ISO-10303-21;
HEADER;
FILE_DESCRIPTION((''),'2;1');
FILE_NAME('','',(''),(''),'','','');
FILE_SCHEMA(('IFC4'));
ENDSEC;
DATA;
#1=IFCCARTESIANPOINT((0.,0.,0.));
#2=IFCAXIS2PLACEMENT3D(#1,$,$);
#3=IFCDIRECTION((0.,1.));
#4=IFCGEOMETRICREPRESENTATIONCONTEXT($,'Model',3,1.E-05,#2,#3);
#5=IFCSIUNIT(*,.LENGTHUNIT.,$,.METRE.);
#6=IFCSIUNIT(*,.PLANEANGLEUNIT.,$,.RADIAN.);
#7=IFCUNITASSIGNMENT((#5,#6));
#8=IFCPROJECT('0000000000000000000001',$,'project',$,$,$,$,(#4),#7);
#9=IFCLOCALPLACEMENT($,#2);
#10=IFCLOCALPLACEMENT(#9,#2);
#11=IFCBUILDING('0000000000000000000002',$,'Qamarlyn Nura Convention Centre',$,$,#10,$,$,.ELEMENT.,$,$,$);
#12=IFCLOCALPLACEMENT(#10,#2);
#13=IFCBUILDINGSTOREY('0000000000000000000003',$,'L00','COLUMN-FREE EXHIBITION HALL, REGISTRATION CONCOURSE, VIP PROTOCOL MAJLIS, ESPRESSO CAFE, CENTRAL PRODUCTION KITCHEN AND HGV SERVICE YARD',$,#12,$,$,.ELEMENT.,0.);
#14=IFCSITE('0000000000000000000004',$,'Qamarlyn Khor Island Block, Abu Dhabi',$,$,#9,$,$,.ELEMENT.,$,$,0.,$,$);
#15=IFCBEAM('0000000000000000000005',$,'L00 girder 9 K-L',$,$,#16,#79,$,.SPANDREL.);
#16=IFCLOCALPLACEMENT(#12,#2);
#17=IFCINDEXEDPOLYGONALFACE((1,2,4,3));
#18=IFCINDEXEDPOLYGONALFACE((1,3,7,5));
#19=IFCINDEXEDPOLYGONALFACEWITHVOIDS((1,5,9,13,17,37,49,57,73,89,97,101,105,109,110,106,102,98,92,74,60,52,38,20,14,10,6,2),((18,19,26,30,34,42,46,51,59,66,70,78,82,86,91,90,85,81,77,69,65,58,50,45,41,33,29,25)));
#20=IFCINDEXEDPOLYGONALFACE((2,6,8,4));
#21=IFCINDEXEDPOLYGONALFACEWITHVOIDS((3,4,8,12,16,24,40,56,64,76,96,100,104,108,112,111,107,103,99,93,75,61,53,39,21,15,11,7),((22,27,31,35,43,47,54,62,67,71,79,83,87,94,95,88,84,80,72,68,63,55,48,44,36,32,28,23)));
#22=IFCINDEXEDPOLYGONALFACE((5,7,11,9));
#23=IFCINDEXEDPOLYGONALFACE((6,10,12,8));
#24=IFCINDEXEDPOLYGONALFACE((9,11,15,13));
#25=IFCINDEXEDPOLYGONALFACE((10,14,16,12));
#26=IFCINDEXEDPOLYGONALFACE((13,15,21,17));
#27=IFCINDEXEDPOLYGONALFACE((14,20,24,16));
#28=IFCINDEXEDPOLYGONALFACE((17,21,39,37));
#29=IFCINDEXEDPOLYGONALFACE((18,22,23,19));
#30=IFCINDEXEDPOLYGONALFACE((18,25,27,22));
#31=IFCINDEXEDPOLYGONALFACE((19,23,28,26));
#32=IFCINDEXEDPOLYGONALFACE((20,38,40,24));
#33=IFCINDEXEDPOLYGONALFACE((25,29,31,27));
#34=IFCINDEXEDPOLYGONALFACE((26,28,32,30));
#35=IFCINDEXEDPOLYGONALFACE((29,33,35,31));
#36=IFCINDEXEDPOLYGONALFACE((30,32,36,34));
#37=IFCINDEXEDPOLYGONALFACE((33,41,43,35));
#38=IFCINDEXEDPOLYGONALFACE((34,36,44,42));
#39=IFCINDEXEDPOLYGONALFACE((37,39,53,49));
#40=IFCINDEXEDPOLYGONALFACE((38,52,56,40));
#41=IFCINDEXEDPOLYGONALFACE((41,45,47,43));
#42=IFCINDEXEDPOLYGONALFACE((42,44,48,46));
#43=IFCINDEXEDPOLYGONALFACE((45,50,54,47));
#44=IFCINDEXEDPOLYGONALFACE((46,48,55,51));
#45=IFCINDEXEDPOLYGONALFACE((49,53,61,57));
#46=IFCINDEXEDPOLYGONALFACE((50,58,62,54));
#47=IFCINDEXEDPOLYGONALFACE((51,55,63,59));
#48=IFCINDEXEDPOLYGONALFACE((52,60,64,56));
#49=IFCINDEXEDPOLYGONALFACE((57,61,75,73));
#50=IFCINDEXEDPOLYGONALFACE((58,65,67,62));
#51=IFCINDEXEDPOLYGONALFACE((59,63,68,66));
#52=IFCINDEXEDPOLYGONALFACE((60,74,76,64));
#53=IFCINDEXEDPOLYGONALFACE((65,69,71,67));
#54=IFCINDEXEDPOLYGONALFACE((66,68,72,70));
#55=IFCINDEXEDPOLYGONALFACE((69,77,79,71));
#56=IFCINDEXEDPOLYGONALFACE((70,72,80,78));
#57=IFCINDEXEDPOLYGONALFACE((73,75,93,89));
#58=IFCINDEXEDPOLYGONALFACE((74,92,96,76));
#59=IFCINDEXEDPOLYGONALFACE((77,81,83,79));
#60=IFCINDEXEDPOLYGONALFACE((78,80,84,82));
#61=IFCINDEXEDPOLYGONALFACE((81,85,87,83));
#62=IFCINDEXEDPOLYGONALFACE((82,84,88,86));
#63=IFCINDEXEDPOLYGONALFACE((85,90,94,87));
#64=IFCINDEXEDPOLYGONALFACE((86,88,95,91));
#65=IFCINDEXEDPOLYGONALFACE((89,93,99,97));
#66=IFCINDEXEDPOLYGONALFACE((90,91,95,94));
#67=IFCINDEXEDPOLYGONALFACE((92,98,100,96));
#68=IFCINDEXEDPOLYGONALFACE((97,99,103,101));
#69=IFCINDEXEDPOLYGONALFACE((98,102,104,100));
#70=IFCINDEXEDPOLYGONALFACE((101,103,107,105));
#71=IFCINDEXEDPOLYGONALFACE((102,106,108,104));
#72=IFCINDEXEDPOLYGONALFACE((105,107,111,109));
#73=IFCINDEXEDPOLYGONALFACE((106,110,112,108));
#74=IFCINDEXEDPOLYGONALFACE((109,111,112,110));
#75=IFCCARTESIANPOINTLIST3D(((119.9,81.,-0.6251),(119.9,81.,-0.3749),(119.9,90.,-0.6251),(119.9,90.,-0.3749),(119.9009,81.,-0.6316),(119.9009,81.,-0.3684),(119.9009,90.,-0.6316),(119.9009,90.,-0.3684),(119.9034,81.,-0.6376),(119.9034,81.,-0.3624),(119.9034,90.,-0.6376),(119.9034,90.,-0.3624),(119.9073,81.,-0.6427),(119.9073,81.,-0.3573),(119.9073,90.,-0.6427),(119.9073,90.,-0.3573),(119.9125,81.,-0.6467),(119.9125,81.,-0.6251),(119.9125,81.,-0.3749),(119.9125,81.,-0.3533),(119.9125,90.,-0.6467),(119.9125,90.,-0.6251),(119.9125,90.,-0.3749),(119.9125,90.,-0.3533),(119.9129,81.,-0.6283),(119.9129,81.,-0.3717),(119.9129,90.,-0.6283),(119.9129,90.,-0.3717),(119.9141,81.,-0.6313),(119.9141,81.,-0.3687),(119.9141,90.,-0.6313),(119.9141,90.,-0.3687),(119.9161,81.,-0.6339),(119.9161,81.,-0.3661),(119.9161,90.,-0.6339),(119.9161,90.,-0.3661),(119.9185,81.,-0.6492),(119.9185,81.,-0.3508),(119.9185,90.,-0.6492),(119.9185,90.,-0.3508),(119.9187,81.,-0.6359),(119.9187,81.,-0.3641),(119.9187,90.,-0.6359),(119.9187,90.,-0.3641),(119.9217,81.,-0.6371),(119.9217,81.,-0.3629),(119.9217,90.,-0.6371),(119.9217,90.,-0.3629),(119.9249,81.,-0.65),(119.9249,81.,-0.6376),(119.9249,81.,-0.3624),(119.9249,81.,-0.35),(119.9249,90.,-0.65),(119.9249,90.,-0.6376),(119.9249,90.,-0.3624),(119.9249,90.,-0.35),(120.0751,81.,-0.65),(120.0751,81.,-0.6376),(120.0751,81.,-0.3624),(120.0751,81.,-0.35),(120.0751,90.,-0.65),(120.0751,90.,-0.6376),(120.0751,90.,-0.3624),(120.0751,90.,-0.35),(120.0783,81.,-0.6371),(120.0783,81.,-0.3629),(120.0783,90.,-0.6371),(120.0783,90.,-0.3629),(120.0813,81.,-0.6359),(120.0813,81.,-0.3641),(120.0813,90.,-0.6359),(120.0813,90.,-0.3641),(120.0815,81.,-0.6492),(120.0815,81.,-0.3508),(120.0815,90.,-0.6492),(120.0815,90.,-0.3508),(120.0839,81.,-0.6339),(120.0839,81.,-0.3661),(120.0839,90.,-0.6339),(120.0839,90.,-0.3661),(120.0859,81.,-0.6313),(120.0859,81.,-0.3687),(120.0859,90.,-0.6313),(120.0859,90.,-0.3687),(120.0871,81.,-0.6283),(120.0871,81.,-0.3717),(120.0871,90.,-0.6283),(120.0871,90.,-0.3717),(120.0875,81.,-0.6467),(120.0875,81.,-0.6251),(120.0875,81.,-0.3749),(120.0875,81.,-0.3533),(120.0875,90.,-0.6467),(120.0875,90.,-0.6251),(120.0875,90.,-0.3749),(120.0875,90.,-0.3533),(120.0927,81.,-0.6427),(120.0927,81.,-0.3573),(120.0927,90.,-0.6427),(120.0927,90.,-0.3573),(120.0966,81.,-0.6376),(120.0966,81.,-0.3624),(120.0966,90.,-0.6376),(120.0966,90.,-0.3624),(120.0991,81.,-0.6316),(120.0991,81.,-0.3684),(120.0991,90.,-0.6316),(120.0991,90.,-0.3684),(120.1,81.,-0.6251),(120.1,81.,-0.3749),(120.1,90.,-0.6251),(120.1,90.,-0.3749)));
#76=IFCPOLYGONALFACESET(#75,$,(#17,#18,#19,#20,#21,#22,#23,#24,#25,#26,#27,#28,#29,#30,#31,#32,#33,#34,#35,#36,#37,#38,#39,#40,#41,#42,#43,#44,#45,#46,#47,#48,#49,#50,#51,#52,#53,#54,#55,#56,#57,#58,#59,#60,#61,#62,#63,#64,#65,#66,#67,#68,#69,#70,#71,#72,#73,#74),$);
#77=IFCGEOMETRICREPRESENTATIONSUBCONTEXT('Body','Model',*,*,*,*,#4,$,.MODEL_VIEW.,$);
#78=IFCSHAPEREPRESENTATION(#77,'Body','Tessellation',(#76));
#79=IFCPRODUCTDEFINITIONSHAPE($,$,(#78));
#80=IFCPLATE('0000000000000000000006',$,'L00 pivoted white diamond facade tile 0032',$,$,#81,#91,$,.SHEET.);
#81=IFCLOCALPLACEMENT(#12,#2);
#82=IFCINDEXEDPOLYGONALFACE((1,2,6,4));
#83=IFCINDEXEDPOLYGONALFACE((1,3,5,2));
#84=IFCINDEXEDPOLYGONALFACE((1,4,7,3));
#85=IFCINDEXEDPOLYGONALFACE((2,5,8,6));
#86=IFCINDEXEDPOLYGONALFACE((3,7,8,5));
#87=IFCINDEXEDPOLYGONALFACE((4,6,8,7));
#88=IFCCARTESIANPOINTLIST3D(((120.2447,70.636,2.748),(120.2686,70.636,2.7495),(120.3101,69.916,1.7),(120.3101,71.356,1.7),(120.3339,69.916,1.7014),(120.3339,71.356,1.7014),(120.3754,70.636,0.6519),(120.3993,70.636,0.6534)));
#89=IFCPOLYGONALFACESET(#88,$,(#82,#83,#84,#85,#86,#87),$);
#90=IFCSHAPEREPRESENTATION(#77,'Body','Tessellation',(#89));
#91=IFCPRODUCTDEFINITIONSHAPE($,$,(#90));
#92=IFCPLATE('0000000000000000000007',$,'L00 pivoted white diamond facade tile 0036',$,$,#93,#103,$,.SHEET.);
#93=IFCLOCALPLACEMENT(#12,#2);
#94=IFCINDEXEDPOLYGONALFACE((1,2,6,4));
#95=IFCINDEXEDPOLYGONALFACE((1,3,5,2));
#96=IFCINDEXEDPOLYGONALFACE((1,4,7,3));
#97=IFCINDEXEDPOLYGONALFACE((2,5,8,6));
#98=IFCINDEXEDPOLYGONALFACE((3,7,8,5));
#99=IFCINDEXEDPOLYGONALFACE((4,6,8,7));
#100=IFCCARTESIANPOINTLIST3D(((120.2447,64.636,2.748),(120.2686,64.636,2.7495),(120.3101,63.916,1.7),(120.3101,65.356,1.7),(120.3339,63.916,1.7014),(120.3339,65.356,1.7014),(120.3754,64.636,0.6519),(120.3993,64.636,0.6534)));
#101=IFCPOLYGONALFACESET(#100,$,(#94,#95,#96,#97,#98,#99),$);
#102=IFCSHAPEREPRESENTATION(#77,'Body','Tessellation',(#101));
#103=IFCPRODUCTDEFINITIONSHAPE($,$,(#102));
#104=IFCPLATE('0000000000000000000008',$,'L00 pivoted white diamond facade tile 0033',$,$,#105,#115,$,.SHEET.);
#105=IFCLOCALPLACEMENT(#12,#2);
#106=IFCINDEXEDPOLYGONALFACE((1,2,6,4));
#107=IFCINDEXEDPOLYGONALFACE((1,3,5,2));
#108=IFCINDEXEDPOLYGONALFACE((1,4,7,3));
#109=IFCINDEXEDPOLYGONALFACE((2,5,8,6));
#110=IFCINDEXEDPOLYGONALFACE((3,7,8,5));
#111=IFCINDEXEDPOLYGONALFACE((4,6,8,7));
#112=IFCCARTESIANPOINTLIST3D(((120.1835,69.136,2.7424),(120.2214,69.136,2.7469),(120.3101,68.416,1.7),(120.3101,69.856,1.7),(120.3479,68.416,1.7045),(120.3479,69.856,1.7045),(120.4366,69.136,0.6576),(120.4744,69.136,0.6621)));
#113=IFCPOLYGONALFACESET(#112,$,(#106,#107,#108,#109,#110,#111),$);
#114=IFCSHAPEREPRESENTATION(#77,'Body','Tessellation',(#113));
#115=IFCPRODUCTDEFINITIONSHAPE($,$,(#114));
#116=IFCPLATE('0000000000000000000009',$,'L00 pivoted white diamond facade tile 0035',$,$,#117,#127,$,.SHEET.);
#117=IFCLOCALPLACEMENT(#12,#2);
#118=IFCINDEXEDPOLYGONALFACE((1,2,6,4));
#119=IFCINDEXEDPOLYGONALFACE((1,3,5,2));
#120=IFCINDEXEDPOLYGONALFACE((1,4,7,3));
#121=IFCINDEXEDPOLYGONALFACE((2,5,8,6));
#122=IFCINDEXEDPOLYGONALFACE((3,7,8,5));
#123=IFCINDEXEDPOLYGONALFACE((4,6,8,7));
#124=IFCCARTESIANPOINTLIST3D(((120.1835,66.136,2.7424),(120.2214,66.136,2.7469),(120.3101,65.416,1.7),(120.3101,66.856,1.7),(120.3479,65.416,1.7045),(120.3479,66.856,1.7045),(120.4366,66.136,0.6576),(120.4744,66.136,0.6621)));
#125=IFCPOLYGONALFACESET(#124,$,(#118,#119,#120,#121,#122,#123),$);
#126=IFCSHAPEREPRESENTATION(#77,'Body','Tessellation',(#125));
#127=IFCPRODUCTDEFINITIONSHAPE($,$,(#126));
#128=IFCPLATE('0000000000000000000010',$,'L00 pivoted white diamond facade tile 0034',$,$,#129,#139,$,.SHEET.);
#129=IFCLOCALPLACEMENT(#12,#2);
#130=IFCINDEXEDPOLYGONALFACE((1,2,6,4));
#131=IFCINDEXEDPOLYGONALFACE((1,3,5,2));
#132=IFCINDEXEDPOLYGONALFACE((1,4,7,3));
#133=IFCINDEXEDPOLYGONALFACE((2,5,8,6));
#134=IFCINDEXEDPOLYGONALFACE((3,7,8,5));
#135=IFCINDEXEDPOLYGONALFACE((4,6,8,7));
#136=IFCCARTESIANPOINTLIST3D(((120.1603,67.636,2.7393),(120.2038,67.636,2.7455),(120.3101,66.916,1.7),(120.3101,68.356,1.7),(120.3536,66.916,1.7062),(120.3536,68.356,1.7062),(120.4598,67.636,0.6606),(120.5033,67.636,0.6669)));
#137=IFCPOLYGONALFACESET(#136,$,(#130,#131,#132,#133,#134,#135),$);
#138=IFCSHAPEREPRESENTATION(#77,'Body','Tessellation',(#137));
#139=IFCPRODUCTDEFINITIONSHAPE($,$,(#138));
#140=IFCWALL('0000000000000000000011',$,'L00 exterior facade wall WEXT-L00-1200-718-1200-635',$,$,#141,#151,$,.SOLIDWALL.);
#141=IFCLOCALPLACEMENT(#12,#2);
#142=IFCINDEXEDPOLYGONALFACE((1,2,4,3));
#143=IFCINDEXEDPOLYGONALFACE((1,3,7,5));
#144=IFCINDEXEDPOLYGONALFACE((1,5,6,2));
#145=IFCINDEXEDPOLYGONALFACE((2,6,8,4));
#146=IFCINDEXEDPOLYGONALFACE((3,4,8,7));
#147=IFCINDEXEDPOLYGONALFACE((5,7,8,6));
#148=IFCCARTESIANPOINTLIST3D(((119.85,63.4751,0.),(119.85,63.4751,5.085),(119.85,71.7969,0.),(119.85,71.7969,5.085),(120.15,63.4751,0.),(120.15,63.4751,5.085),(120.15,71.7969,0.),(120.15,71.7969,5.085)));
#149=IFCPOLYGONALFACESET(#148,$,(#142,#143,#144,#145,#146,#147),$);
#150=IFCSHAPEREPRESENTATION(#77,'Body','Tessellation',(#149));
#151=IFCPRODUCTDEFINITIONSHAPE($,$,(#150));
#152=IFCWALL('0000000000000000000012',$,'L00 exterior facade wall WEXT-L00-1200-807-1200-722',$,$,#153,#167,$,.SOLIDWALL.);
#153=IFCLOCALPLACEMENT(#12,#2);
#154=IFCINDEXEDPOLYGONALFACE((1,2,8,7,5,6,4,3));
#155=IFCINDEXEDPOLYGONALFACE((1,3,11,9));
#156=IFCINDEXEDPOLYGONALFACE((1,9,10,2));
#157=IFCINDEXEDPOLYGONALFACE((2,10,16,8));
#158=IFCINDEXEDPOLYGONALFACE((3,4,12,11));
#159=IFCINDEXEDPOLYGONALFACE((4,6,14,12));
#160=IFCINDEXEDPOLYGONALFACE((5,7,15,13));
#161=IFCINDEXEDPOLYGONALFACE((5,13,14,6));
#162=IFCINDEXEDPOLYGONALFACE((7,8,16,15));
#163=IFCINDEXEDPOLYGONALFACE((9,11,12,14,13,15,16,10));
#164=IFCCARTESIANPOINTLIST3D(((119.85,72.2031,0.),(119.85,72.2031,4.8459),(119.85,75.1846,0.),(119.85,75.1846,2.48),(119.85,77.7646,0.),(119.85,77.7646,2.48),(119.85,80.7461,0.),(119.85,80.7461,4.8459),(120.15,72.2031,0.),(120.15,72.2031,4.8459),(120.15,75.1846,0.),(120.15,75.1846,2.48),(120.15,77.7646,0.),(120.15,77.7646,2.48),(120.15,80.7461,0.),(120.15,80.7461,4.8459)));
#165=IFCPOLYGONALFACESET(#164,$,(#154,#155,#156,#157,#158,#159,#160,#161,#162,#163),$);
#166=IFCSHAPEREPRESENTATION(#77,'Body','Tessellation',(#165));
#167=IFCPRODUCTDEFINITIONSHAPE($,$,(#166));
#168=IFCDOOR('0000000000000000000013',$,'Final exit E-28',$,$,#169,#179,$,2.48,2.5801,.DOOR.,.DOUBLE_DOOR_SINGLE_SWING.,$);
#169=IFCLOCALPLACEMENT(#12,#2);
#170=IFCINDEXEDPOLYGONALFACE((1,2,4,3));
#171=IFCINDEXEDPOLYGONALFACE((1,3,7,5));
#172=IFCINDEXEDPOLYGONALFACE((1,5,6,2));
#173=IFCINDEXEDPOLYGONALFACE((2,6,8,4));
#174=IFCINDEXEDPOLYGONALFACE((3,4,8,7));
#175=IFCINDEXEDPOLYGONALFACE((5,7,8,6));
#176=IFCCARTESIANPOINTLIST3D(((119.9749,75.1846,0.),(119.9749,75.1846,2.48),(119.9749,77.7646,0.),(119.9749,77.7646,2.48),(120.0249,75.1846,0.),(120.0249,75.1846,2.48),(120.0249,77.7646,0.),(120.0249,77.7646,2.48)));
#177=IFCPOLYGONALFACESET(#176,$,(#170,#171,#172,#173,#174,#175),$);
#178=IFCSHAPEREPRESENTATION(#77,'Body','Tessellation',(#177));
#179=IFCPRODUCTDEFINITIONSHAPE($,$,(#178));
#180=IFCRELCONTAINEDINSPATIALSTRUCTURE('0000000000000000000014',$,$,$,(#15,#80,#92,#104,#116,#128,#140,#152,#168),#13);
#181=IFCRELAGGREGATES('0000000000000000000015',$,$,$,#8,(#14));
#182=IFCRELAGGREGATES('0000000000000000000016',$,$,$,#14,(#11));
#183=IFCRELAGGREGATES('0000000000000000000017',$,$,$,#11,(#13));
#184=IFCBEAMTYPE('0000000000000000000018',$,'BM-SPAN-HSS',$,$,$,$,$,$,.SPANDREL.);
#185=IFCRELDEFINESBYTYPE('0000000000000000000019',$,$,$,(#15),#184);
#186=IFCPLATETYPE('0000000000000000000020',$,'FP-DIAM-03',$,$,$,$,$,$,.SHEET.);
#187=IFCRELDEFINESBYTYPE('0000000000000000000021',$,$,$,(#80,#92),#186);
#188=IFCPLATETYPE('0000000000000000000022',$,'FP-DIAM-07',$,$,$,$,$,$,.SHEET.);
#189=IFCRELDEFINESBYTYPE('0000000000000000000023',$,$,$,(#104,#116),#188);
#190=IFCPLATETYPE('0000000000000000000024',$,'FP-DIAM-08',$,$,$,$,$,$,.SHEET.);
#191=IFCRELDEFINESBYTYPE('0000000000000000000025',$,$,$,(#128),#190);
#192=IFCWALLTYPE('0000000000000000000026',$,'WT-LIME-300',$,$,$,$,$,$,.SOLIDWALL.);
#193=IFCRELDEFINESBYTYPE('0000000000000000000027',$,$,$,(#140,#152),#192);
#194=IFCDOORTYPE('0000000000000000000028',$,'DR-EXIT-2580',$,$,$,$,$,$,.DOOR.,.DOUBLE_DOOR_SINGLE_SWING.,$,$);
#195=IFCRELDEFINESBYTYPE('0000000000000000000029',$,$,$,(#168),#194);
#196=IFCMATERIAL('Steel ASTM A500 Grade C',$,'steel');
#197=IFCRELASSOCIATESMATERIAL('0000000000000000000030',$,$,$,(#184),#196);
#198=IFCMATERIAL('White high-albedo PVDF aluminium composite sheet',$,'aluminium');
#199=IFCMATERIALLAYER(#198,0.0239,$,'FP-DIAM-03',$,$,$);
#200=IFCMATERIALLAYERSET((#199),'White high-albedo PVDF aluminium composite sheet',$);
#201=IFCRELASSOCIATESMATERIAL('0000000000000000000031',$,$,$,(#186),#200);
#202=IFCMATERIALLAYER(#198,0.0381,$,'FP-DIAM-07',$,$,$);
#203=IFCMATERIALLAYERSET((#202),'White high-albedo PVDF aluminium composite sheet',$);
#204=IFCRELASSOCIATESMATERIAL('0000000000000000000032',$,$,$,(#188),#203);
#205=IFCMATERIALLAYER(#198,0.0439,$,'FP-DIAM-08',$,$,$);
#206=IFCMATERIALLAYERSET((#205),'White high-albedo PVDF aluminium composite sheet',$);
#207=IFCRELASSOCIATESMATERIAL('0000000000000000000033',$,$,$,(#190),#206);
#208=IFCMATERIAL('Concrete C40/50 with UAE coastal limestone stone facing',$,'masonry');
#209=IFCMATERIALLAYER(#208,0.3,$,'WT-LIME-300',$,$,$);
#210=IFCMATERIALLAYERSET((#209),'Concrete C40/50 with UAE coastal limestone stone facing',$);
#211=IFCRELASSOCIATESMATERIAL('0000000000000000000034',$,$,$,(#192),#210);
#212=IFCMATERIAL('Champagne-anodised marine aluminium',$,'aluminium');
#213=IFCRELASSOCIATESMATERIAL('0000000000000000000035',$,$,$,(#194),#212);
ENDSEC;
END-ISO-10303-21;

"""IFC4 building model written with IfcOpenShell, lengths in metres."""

from ifc_helpers import new_model, si_unit, direction, frame, frame_2d, origin, origin_2d, place, context, subcontext, project, spatial, polyline, rectangle, hollow_rectangle, outline, extrude, material, layer, layer_set, material_profile, profile_set, type_object, element, fill, save


model = new_model("IFC4")

# Units and contexts
model_context = context("Model", 3, precision=1e-05, world=origin(), true_north=direction((0.0, 1.0)))
body_context = subcontext(model_context, "Body", "Model", "MODEL_VIEW")
ifc_project = project(units=[si_unit("LENGTHUNIT", "METRE"), si_unit("PLANEANGLEUNIT", "RADIAN")], contexts=[model_context])

# Site, building, storey
site_placement = place(None, origin())
site = spatial("IfcSite", under=ifc_project, at=site_placement, Name="Qamarlyn Khor Island Block, Abu Dhabi", CompositionType="ELEMENT", RefElevation=0.0)
building_placement = place(site_placement, origin())
building = spatial("IfcBuilding", under=site, at=building_placement, Name="Qamarlyn Nura Convention Centre", CompositionType="ELEMENT")
storey_placement = place(building_placement, origin())
storey = spatial("IfcBuildingStorey", under=building, at=storey_placement, Name="L00", Description="COLUMN-FREE EXHIBITION HALL, REGISTRATION CONCOURSE, VIP PROTOCOL MAJLIS, ESPRESSO CAFE, CENTRAL PRODUCTION KITCHEN AND HGV SERVICE YARD", CompositionType="ELEMENT", Elevation=0.0)

# Beam
ifc_material_1 = material(Name="Steel ASTM A500 Grade C", Category="steel")
ifc_material_profile_1 = material_profile(ifc_material_1, hollow_rectangle(XDim=0.2, YDim=0.3, WallThickness=0.0125, InnerFilletRadius=0.0125, OuterFilletRadius=0.0249, at=origin_2d()), Name="HSS300X200X12.5")
ifc_profile_set_1 = profile_set([ifc_material_profile_1], Name="Steel ASTM A500 Grade C")
beam_type_1 = type_object("IfcBeamType", Name="BM-SPAN-HSS", PredefinedType="SPANDREL", material=ifc_profile_set_1)
beam_1_placement = place(storey_placement, frame((120.0, 81.0, -0.5), z_axis=(0.0, 1.0, 0.0), x_axis=(-1.0, 0.0, 0.0)))
element("IfcBeam", 1, at=beam_1_placement, inside=storey, type_object=beam_type_1, Name="L00 girder 9 K-L", PredefinedType="SPANDREL", context=body_context, shape_type="SweptSolid", body=[
    extrude(hollow_rectangle(XDim=0.2, YDim=0.3, WallThickness=0.0125, InnerFilletRadius=0.0125, OuterFilletRadius=0.0249, at=origin_2d()), origin(), (0.0, 0.0, 1.0), 9.0),
])

# Plates
ifc_material_2 = material(Name="White high-albedo PVDF aluminium composite sheet", Category="aluminium")
ifc_layer_1 = layer(ifc_material_2, 0.0239, Name="FP-DIAM-03")
ifc_layer_set_1 = layer_set([ifc_layer_1], Name="White high-albedo PVDF aluminium composite sheet")
plate_type_1 = type_object("IfcPlateType", Name="FP-DIAM-03", PredefinedType="SHEET", material=ifc_layer_set_1)
for number, where, z_axis, x_axis, name in (
    (2, (120.3101, 70.636, 1.7), (0.998059, 0.0, 0.062268), (0.0, 1.0, 0.0), "L00 pivoted white diamond facade tile 0032"),
    (3, (120.3101, 64.636, 1.7), (0.998059, 0.0, 0.062268), (0.0, 1.0, 0.0), "L00 pivoted white diamond facade tile 0036"),
):
    element("IfcPlate", number, at=place(storey_placement, frame(where, z_axis=z_axis, x_axis=x_axis)), inside=storey, type_object=plate_type_1, Name=name, PredefinedType="SHEET", context=body_context, shape_type="SweptSolid", body=[
        extrude(outline(polyline([(-0.72, 0.0), (0.0, -1.05), (0.72, 0.0), (0.0, 1.05), (-0.72, 0.0)])), origin(), (0.0, 0.0, 1.0), 0.0239),
    ])
ifc_layer_2 = layer(ifc_material_2, 0.0381, Name="FP-DIAM-07")
ifc_layer_set_2 = layer_set([ifc_layer_2], Name="White high-albedo PVDF aluminium composite sheet")
plate_type_2 = type_object("IfcPlateType", Name="FP-DIAM-07", PredefinedType="SHEET", material=ifc_layer_set_2)
for number, where, z_axis, x_axis, name in (
    (4, (120.3101, 69.136, 1.7), (0.992715, 0.0, 0.120483), (0.0, 1.0, 0.0), "L00 pivoted white diamond facade tile 0033"),
    (5, (120.3101, 66.136, 1.7), (0.992715, 0.0, 0.120483), (0.0, 1.0, 0.0), "L00 pivoted white diamond facade tile 0035"),
):
    element("IfcPlate", number, at=place(storey_placement, frame(where, z_axis=z_axis, x_axis=x_axis)), inside=storey, type_object=plate_type_2, Name=name, PredefinedType="SHEET", context=body_context, shape_type="SweptSolid", body=[
        extrude(outline(polyline([(-0.72, 0.0), (0.0, -1.05), (0.72, 0.0), (0.0, 1.05), (-0.72, 0.0)])), origin(), (0.0, 0.0, 1.0), 0.0381),
    ])
ifc_layer_3 = layer(ifc_material_2, 0.0439, Name="FP-DIAM-08")
ifc_layer_set_3 = layer_set([ifc_layer_3], Name="White high-albedo PVDF aluminium composite sheet")
plate_type_3 = type_object("IfcPlateType", Name="FP-DIAM-08", PredefinedType="SHEET", material=ifc_layer_set_3)
plate_placement = place(storey_placement, frame((120.3101, 67.636, 1.7), z_axis=(0.989776, 0.0, 0.142629), x_axis=(0.0, 1.0, 0.0)))
element("IfcPlate", 6, at=plate_placement, inside=storey, type_object=plate_type_3, Name="L00 pivoted white diamond facade tile 0034", PredefinedType="SHEET", context=body_context, shape_type="SweptSolid", body=[
    extrude(outline(polyline([(-0.72, 0.0), (0.0, -1.05), (0.72, 0.0), (0.0, 1.05), (-0.72, 0.0)])), origin(), (0.0, 0.0, 1.0), 0.0439),
])

# Wall
ifc_material_3 = material(Name="Concrete C40/50 with UAE coastal limestone stone facing", Category="masonry")
ifc_layer_4 = layer(ifc_material_3, 0.3, Name="WT-LIME-300")
ifc_layer_set_4 = layer_set([ifc_layer_4], Name="Concrete C40/50 with UAE coastal limestone stone facing")
wall_type = type_object("IfcWallType", Name="WT-LIME-300", PredefinedType="SOLIDWALL", material=ifc_layer_set_4)
wall_1_placement = place(storey_placement, frame((120.0, 71.7969, 0.0), z_axis=(0.0, 0.0, 1.0), x_axis=(0.0, -1.0, 0.0)))
element("IfcWall", 7, at=wall_1_placement, inside=storey, type_object=wall_type, Name="L00 exterior facade wall WEXT-L00-1200-718-1200-635", PredefinedType="SOLIDWALL", context=body_context, shape_type="SweptSolid", body=[
    extrude(rectangle(XDim=8.3218, YDim=0.3, at=frame_2d((4.1609, 0.0))), origin(), (0.0, 0.0, 1.0), 5.085),
])

# Wall, opening, door
wall_2_placement = place(storey_placement, frame((120.0, 80.7461, 0.0), z_axis=(0.0, 0.0, 1.0), x_axis=(0.0, -1.0, 0.0)))
wall_2 = element("IfcWall", 8, at=wall_2_placement, inside=storey, type_object=wall_type, Name="L00 exterior facade wall WEXT-L00-1200-807-1200-722", PredefinedType="SOLIDWALL", context=body_context, shape_type="SweptSolid", body=[
    extrude(rectangle(XDim=8.543, YDim=0.3, at=frame_2d((4.2715, 0.0))), origin(), (0.0, 0.0, 1.0), 4.8459),
])
opening_placement = place(wall_2_placement, frame((2.9814, 0.0, 0.0)))
opening = element("IfcOpeningElement", 9, at=opening_placement, cuts=wall_2, PredefinedType="OPENING", context=body_context, shape_type="SweptSolid", body=[
    extrude(rectangle(XDim=2.5801, YDim=2.48, at=frame_2d((1.29, 1.24))), frame((0.0, 0.1602, 0.0), z_axis=(0.0, -1.0, 0.0), x_axis=(1.0, 0.0, 0.0)), (0.0, 0.0, 1.0), 0.3201),
])
ifc_material_4 = material(Name="Champagne-anodised marine aluminium", Category="aluminium")
door_type = type_object("IfcDoorType", Name="DR-EXIT-2580", OperationType="DOUBLE_DOOR_SINGLE_SWING", PredefinedType="DOOR", material=ifc_material_4)
door_placement = place(opening_placement, origin())
door = element("IfcDoor", 10, at=door_placement, inside=storey, type_object=door_type, Name="Final exit E-28", OperationType="DOUBLE_DOOR_SINGLE_SWING", OverallHeight=2.48, OverallWidth=2.5801, PredefinedType="DOOR", context=body_context, shape_type="SweptSolid", body=[
    extrude(rectangle(XDim=2.5801, YDim=2.48, at=frame_2d((1.29, 1.24))), frame((0.0, 0.0249, 0.0), z_axis=(0.0, -1.0, 0.0), x_axis=(1.0, 0.0, 0.0)), (0.0, 0.0, 1.0), 0.05),
])
fill(opening, door)

save(model, "model.ifc")
